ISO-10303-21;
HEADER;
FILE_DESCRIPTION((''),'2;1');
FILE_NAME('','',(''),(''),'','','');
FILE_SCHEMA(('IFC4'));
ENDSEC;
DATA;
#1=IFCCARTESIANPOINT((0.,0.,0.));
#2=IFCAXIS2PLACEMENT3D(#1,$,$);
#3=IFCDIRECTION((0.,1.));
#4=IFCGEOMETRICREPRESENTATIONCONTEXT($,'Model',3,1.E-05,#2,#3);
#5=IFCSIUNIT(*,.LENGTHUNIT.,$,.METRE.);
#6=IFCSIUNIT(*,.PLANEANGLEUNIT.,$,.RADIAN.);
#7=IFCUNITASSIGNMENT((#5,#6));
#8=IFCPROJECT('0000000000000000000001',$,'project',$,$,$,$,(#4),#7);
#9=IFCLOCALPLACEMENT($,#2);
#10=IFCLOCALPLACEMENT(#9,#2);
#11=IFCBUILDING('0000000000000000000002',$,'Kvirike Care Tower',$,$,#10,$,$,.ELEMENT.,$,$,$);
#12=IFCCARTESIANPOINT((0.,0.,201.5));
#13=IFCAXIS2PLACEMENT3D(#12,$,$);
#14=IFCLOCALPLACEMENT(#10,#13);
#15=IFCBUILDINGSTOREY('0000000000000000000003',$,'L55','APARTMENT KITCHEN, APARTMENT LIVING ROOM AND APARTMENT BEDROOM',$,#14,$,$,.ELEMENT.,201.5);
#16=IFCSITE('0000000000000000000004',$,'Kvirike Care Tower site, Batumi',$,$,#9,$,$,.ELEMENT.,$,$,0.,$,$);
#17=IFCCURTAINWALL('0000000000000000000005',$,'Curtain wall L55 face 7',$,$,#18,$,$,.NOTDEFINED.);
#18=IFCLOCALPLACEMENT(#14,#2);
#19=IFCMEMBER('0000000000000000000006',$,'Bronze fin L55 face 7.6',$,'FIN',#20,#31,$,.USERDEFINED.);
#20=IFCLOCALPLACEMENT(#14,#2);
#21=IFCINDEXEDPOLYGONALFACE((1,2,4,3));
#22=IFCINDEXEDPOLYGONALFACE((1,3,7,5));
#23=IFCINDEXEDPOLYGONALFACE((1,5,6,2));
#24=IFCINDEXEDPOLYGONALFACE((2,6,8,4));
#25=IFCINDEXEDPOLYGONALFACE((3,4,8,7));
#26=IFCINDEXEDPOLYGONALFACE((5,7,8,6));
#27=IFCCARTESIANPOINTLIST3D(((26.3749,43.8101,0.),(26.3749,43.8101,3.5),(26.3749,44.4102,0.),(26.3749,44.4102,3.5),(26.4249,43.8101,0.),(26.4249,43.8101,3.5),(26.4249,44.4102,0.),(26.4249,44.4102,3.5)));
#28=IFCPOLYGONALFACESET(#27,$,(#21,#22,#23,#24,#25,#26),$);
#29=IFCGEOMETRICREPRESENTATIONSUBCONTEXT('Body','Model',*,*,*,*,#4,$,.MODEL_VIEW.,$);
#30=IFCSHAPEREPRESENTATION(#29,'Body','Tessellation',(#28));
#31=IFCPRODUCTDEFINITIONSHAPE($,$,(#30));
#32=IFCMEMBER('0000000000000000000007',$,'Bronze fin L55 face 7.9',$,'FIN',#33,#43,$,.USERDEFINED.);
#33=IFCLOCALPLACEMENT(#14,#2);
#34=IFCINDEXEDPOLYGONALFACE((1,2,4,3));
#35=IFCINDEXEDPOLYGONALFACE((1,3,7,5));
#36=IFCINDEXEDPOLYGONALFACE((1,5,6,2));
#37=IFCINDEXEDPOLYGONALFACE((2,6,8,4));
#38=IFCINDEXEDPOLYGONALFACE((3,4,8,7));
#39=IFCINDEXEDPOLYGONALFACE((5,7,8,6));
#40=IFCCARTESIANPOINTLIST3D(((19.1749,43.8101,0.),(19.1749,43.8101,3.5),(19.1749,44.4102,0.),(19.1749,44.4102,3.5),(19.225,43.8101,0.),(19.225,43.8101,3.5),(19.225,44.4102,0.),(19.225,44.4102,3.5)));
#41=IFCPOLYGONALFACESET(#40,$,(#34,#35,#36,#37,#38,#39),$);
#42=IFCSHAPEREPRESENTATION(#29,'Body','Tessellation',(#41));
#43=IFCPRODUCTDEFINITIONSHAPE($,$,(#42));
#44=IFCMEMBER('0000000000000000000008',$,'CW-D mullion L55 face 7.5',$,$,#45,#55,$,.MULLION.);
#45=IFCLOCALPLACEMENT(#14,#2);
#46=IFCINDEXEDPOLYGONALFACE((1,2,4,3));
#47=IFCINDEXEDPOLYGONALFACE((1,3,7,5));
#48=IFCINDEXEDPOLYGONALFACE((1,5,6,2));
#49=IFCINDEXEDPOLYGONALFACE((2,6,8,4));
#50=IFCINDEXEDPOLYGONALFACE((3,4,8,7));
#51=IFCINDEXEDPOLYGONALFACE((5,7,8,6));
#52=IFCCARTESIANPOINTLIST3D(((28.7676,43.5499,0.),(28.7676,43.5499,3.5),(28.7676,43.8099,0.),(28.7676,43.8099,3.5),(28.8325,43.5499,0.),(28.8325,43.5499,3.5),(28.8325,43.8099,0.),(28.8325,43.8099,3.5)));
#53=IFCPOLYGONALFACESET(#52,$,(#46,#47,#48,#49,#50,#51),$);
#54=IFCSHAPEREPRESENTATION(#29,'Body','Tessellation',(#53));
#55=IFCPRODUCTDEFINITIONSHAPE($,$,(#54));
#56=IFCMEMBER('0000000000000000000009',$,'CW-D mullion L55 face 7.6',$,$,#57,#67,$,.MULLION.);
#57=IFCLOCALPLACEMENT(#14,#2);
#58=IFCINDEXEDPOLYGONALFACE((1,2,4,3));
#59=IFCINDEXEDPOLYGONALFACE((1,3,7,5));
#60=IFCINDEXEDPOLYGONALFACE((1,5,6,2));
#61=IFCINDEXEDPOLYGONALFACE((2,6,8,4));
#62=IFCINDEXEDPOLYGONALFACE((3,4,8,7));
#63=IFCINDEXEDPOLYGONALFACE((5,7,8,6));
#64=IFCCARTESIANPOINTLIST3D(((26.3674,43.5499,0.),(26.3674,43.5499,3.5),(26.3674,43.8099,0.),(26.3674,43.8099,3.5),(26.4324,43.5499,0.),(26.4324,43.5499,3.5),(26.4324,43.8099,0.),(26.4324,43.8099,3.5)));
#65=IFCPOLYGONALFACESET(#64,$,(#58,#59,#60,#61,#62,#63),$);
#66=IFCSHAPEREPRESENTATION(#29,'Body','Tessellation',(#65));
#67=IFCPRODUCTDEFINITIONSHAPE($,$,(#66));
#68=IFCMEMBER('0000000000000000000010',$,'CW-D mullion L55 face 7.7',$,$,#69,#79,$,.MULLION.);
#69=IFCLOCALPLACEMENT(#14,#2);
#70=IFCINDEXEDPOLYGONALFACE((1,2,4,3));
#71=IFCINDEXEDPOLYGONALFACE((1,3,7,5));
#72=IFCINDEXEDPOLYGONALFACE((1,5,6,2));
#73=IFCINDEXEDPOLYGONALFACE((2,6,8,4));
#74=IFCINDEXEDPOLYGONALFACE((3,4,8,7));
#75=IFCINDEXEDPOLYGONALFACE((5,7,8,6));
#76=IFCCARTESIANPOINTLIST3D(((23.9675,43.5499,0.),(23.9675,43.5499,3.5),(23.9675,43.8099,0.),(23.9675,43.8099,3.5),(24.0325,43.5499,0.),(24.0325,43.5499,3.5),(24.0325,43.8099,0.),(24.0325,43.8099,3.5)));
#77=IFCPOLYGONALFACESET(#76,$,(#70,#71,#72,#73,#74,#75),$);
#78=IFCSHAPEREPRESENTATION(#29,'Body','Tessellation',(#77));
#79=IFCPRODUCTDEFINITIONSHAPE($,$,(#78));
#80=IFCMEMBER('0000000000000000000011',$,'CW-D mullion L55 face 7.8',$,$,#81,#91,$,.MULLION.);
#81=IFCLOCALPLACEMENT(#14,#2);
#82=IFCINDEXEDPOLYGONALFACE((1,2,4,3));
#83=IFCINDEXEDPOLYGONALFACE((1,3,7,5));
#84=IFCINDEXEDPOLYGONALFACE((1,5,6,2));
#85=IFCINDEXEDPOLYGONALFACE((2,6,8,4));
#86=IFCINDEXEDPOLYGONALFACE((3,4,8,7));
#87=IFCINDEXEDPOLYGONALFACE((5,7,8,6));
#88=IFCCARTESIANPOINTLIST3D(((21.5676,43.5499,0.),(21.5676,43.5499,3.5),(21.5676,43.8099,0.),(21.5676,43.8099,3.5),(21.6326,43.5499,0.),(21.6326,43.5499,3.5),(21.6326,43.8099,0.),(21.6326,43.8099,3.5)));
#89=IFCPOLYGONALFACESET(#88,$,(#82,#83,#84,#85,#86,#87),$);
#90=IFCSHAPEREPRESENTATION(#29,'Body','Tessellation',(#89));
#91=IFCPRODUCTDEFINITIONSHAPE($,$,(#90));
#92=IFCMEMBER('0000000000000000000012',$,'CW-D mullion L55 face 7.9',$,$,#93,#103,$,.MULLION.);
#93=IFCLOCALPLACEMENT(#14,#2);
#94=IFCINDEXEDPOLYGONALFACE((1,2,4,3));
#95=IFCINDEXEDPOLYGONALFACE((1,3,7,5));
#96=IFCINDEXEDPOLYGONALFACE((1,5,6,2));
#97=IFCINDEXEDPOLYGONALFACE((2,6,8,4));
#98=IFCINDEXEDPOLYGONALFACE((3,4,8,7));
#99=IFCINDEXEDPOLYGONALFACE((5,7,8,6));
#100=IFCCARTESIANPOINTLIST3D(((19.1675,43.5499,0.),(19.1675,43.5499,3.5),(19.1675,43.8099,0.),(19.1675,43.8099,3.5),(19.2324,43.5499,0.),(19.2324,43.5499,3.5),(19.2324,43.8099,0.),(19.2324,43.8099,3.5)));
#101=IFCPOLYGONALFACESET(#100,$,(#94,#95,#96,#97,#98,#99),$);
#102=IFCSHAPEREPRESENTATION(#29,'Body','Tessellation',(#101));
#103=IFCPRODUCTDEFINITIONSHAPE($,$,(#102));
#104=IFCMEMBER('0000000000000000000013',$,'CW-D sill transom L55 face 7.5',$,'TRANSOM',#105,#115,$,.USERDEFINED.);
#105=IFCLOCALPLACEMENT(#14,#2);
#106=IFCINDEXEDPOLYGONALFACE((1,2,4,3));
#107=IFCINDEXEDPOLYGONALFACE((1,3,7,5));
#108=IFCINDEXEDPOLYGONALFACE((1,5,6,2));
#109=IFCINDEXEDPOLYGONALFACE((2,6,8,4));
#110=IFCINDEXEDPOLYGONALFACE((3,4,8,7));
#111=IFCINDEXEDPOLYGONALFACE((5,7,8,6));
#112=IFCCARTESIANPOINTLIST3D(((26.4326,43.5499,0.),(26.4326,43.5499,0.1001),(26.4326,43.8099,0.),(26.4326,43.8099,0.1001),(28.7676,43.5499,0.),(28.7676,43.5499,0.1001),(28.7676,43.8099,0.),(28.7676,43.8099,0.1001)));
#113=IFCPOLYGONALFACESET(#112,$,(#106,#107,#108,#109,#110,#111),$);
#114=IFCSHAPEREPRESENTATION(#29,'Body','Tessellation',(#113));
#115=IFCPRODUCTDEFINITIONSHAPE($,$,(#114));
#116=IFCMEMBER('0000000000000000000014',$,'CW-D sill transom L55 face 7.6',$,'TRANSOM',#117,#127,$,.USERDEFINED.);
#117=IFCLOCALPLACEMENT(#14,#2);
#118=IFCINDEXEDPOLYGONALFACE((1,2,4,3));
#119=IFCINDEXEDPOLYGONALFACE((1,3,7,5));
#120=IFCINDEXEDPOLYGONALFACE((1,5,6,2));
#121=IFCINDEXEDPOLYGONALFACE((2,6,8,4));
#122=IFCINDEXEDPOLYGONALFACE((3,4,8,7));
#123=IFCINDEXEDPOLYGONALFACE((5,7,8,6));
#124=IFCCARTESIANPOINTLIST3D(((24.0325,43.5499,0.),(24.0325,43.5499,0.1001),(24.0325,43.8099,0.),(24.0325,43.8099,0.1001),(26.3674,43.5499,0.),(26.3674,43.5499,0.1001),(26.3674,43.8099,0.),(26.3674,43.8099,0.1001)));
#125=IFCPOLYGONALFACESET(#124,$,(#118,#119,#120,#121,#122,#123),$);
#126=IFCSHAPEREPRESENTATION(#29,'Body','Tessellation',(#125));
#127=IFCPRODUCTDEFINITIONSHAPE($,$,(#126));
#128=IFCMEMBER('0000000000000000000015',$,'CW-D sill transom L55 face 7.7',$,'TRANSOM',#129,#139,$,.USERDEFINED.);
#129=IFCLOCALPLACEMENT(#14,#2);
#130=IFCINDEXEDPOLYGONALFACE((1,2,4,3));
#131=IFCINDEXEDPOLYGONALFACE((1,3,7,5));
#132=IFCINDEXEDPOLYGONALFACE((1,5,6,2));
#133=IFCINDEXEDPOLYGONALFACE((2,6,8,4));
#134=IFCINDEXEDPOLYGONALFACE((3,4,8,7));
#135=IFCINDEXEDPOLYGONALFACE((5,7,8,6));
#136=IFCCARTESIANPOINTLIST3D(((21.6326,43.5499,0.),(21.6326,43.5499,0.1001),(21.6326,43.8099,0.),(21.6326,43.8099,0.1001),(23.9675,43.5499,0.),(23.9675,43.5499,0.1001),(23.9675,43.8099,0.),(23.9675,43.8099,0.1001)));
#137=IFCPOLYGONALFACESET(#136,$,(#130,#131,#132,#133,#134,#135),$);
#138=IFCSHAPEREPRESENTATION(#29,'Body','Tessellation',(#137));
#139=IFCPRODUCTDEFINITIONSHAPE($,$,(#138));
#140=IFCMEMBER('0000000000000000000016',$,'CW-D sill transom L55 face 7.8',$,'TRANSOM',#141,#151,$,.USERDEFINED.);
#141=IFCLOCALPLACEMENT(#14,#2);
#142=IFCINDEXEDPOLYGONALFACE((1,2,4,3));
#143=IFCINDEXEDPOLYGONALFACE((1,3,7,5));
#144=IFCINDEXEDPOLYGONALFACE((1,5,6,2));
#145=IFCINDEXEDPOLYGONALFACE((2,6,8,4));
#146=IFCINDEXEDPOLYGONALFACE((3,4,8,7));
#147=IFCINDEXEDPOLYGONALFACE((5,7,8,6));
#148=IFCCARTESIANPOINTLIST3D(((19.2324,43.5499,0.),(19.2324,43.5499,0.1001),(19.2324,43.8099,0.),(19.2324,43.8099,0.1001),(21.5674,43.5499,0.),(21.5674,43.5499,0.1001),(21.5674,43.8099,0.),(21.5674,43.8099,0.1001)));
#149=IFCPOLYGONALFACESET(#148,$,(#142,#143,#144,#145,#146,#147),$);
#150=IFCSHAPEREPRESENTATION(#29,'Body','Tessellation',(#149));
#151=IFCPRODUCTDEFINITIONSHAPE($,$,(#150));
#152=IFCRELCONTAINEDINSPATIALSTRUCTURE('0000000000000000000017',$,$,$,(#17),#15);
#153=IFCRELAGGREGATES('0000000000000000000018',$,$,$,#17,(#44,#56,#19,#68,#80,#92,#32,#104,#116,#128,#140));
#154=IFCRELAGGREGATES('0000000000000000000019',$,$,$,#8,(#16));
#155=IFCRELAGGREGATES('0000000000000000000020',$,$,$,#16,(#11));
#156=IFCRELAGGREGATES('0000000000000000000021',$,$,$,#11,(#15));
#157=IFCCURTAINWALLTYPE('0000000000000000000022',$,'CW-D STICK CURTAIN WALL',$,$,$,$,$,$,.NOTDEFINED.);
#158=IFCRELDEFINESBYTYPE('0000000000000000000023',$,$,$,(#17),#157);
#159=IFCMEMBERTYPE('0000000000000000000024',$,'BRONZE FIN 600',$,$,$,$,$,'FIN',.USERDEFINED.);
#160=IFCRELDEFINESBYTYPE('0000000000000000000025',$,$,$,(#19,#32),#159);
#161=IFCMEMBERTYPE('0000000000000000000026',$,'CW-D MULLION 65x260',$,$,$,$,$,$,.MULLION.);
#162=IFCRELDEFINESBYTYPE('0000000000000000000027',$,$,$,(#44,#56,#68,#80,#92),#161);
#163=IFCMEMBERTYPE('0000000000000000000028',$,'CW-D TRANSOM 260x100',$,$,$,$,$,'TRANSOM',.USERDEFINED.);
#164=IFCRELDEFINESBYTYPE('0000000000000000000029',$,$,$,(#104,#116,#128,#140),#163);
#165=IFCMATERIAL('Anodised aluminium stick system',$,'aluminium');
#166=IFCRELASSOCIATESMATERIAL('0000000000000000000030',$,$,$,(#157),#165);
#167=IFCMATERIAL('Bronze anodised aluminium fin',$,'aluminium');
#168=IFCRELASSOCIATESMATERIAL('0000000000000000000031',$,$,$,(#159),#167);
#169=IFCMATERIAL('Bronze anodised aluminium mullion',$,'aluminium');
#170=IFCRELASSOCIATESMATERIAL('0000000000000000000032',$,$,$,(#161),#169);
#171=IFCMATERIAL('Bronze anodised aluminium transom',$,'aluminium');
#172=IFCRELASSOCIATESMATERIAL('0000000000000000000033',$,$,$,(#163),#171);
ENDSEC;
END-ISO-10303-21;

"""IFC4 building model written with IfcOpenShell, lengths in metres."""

from ifc_helpers import new_model, si_unit, direction, frame, origin, origin_2d, place, context, subcontext, project, spatial, rectangle, extrude, material, material_profile, profile_set, type_object, element, aggregate, save


model = new_model("IFC4")

# Units and contexts
model_context = context("Model", 3, precision=1e-05, world=origin(), true_north=direction((0.0, 1.0)))
body_context = subcontext(model_context, "Body", "Model", "MODEL_VIEW")
ifc_project = project(units=[si_unit("LENGTHUNIT", "METRE"), si_unit("PLANEANGLEUNIT", "RADIAN")], contexts=[model_context])

# Site, building, storey
site_placement = place(None, origin())
site = spatial("IfcSite", under=ifc_project, at=site_placement, Name="Kvirike Care Tower site, Batumi", CompositionType="ELEMENT", RefElevation=0.0)
building_placement = place(site_placement, origin())
building = spatial("IfcBuilding", under=site, at=building_placement, Name="Kvirike Care Tower", CompositionType="ELEMENT")
storey_placement = place(building_placement, frame((0.0, 0.0, 201.5)))
storey = spatial("IfcBuildingStorey", under=building, at=storey_placement, Name="L55", Description="APARTMENT KITCHEN, APARTMENT LIVING ROOM AND APARTMENT BEDROOM", CompositionType="ELEMENT", Elevation=201.5)

# Curtain wall, members
ifc_material_1 = material(Name="Anodised aluminium stick system", Category="aluminium")
curtain_wall_type = type_object("IfcCurtainWallType", Name="CW-D STICK CURTAIN WALL", PredefinedType="NOTDEFINED", material=ifc_material_1)
curtain_wall_placement = place(storey_placement, origin())
curtain_wall = element("IfcCurtainWall", 1, at=curtain_wall_placement, inside=storey, type_object=curtain_wall_type, Name="Curtain wall L55 face 7", PredefinedType="NOTDEFINED")
ifc_material_2 = material(Name="Bronze anodised aluminium fin", Category="aluminium")
ifc_material_profile_1 = material_profile(ifc_material_2, rectangle(XDim=0.05, YDim=0.6001, at=origin_2d()), Name="BRONZE FIN 600")
ifc_profile_set_1 = profile_set([ifc_material_profile_1], Name="Bronze anodised aluminium fin")
member_type_1 = type_object("IfcMemberType", Name="BRONZE FIN 600", ElementType="FIN", PredefinedType="USERDEFINED", material=ifc_profile_set_1)
member_1_placement = place(storey_placement, frame((26.3999, 44.1101, 0.0), z_axis=(0.0, 0.0, 1.0), x_axis=(-1.0, 0.0, 0.0)))
member_1 = element("IfcMember", 2, at=member_1_placement, type_object=member_type_1, Name="Bronze fin L55 face 7.6", ObjectType="FIN", PredefinedType="USERDEFINED", context=body_context, shape_type="SweptSolid", body=[
    extrude(rectangle(XDim=0.05, YDim=0.6001, at=origin_2d()), origin(), (0.0, 0.0, 1.0), 3.5),
])
member_2_placement = place(storey_placement, frame((19.2, 44.1101, 0.0), z_axis=(0.0, 0.0, 1.0), x_axis=(-1.0, 0.0, 0.0)))
member_2 = element("IfcMember", 3, at=member_2_placement, type_object=member_type_1, Name="Bronze fin L55 face 7.9", ObjectType="FIN", PredefinedType="USERDEFINED", context=body_context, shape_type="SweptSolid", body=[
    extrude(rectangle(XDim=0.05, YDim=0.6001, at=origin_2d()), origin(), (0.0, 0.0, 1.0), 3.5),
])
ifc_material_3 = material(Name="Bronze anodised aluminium mullion", Category="aluminium")
ifc_material_profile_2 = material_profile(ifc_material_3, rectangle(XDim=0.0649, YDim=0.26, at=origin_2d()), Name="CW-D MULLION 65x260")
ifc_profile_set_2 = profile_set([ifc_material_profile_2], Name="Bronze anodised aluminium mullion")
member_type_2 = type_object("IfcMemberType", Name="CW-D MULLION 65x260", PredefinedType="MULLION", material=ifc_profile_set_2)
member_3_placement = place(storey_placement, frame((28.8, 43.6799, 0.0), z_axis=(0.0, 0.0, 1.0), x_axis=(-1.0, 0.0, 0.0)))
member_3 = element("IfcMember", 4, at=member_3_placement, type_object=member_type_2, Name="CW-D mullion L55 face 7.5", PredefinedType="MULLION", context=body_context, shape_type="SweptSolid", body=[
    extrude(rectangle(XDim=0.0649, YDim=0.26, at=origin_2d()), origin(), (0.0, 0.0, 1.0), 3.5),
])
member_4_placement = place(storey_placement, frame((26.3999, 43.6799, 0.0), z_axis=(0.0, 0.0, 1.0), x_axis=(-1.0, 0.0, 0.0)))
member_4 = element("IfcMember", 5, at=member_4_placement, type_object=member_type_2, Name="CW-D mullion L55 face 7.6", PredefinedType="MULLION", context=body_context, shape_type="SweptSolid", body=[
    extrude(rectangle(XDim=0.0649, YDim=0.26, at=origin_2d()), origin(), (0.0, 0.0, 1.0), 3.5),
])
member_5_placement = place(storey_placement, frame((24.0, 43.6799, 0.0), z_axis=(0.0, 0.0, 1.0), x_axis=(-1.0, 0.0, 0.0)))
member_5 = element("IfcMember", 6, at=member_5_placement, type_object=member_type_2, Name="CW-D mullion L55 face 7.7", PredefinedType="MULLION", context=body_context, shape_type="SweptSolid", body=[
    extrude(rectangle(XDim=0.0649, YDim=0.26, at=origin_2d()), origin(), (0.0, 0.0, 1.0), 3.5),
])
member_6_placement = place(storey_placement, frame((21.6001, 43.6799, 0.0), z_axis=(0.0, 0.0, 1.0), x_axis=(-1.0, 0.0, 0.0)))
member_6 = element("IfcMember", 7, at=member_6_placement, type_object=member_type_2, Name="CW-D mullion L55 face 7.8", PredefinedType="MULLION", context=body_context, shape_type="SweptSolid", body=[
    extrude(rectangle(XDim=0.0649, YDim=0.26, at=origin_2d()), origin(), (0.0, 0.0, 1.0), 3.5),
])
member_7_placement = place(storey_placement, frame((19.2, 43.6799, 0.0), z_axis=(0.0, 0.0, 1.0), x_axis=(-1.0, 0.0, 0.0)))
member_7 = element("IfcMember", 8, at=member_7_placement, type_object=member_type_2, Name="CW-D mullion L55 face 7.9", PredefinedType="MULLION", context=body_context, shape_type="SweptSolid", body=[
    extrude(rectangle(XDim=0.0649, YDim=0.26, at=origin_2d()), origin(), (0.0, 0.0, 1.0), 3.5),
])
ifc_material_4 = material(Name="Bronze anodised aluminium transom", Category="aluminium")
ifc_material_profile_3 = material_profile(ifc_material_4, rectangle(XDim=0.26, YDim=0.1001, at=origin_2d()), Name="CW-D TRANSOM 260x100")
ifc_profile_set_3 = profile_set([ifc_material_profile_3], Name="Bronze anodised aluminium transom")
member_type_3 = type_object("IfcMemberType", Name="CW-D TRANSOM 260x100", ElementType="TRANSOM", PredefinedType="USERDEFINED", material=ifc_profile_set_3)
member_8_placement = place(storey_placement, frame((28.7676, 43.6799, 0.05), z_axis=(-1.0, 0.0, 0.0), x_axis=(0.0, -1.0, 0.0)))
member_8 = element("IfcMember", 9, at=member_8_placement, type_object=member_type_3, Name="CW-D sill transom L55 face 7.5", ObjectType="TRANSOM", PredefinedType="USERDEFINED", context=body_context, shape_type="SweptSolid", body=[
    extrude(rectangle(XDim=0.26, YDim=0.1001, at=origin_2d()), origin(), (0.0, 0.0, 1.0), 2.335),
])
member_9_placement = place(storey_placement, frame((26.3674, 43.6799, 0.05), z_axis=(-1.0, 0.0, 0.0), x_axis=(0.0, -1.0, 0.0)))
member_9 = element("IfcMember", 10, at=member_9_placement, type_object=member_type_3, Name="CW-D sill transom L55 face 7.6", ObjectType="TRANSOM", PredefinedType="USERDEFINED", context=body_context, shape_type="SweptSolid", body=[
    extrude(rectangle(XDim=0.26, YDim=0.1001, at=origin_2d()), origin(), (0.0, 0.0, 1.0), 2.335),
])
member_10_placement = place(storey_placement, frame((23.9675, 43.6799, 0.05), z_axis=(-1.0, 0.0, 0.0), x_axis=(0.0, -1.0, 0.0)))
member_10 = element("IfcMember", 11, at=member_10_placement, type_object=member_type_3, Name="CW-D sill transom L55 face 7.7", ObjectType="TRANSOM", PredefinedType="USERDEFINED", context=body_context, shape_type="SweptSolid", body=[
    extrude(rectangle(XDim=0.26, YDim=0.1001, at=origin_2d()), origin(), (0.0, 0.0, 1.0), 2.335),
])
member_11_placement = place(storey_placement, frame((21.5674, 43.6799, 0.05), z_axis=(-1.0, 0.0, 0.0), x_axis=(0.0, -1.0, 0.0)))
member_11 = element("IfcMember", 12, at=member_11_placement, type_object=member_type_3, Name="CW-D sill transom L55 face 7.8", ObjectType="TRANSOM", PredefinedType="USERDEFINED", context=body_context, shape_type="SweptSolid", body=[
    extrude(rectangle(XDim=0.26, YDim=0.1001, at=origin_2d()), origin(), (0.0, 0.0, 1.0), 2.335),
])

aggregate(curtain_wall, [member_3, member_4, member_1, member_5, member_6, member_7, member_2, member_8, member_9, member_10, member_11])

save(model, "model.ifc")
